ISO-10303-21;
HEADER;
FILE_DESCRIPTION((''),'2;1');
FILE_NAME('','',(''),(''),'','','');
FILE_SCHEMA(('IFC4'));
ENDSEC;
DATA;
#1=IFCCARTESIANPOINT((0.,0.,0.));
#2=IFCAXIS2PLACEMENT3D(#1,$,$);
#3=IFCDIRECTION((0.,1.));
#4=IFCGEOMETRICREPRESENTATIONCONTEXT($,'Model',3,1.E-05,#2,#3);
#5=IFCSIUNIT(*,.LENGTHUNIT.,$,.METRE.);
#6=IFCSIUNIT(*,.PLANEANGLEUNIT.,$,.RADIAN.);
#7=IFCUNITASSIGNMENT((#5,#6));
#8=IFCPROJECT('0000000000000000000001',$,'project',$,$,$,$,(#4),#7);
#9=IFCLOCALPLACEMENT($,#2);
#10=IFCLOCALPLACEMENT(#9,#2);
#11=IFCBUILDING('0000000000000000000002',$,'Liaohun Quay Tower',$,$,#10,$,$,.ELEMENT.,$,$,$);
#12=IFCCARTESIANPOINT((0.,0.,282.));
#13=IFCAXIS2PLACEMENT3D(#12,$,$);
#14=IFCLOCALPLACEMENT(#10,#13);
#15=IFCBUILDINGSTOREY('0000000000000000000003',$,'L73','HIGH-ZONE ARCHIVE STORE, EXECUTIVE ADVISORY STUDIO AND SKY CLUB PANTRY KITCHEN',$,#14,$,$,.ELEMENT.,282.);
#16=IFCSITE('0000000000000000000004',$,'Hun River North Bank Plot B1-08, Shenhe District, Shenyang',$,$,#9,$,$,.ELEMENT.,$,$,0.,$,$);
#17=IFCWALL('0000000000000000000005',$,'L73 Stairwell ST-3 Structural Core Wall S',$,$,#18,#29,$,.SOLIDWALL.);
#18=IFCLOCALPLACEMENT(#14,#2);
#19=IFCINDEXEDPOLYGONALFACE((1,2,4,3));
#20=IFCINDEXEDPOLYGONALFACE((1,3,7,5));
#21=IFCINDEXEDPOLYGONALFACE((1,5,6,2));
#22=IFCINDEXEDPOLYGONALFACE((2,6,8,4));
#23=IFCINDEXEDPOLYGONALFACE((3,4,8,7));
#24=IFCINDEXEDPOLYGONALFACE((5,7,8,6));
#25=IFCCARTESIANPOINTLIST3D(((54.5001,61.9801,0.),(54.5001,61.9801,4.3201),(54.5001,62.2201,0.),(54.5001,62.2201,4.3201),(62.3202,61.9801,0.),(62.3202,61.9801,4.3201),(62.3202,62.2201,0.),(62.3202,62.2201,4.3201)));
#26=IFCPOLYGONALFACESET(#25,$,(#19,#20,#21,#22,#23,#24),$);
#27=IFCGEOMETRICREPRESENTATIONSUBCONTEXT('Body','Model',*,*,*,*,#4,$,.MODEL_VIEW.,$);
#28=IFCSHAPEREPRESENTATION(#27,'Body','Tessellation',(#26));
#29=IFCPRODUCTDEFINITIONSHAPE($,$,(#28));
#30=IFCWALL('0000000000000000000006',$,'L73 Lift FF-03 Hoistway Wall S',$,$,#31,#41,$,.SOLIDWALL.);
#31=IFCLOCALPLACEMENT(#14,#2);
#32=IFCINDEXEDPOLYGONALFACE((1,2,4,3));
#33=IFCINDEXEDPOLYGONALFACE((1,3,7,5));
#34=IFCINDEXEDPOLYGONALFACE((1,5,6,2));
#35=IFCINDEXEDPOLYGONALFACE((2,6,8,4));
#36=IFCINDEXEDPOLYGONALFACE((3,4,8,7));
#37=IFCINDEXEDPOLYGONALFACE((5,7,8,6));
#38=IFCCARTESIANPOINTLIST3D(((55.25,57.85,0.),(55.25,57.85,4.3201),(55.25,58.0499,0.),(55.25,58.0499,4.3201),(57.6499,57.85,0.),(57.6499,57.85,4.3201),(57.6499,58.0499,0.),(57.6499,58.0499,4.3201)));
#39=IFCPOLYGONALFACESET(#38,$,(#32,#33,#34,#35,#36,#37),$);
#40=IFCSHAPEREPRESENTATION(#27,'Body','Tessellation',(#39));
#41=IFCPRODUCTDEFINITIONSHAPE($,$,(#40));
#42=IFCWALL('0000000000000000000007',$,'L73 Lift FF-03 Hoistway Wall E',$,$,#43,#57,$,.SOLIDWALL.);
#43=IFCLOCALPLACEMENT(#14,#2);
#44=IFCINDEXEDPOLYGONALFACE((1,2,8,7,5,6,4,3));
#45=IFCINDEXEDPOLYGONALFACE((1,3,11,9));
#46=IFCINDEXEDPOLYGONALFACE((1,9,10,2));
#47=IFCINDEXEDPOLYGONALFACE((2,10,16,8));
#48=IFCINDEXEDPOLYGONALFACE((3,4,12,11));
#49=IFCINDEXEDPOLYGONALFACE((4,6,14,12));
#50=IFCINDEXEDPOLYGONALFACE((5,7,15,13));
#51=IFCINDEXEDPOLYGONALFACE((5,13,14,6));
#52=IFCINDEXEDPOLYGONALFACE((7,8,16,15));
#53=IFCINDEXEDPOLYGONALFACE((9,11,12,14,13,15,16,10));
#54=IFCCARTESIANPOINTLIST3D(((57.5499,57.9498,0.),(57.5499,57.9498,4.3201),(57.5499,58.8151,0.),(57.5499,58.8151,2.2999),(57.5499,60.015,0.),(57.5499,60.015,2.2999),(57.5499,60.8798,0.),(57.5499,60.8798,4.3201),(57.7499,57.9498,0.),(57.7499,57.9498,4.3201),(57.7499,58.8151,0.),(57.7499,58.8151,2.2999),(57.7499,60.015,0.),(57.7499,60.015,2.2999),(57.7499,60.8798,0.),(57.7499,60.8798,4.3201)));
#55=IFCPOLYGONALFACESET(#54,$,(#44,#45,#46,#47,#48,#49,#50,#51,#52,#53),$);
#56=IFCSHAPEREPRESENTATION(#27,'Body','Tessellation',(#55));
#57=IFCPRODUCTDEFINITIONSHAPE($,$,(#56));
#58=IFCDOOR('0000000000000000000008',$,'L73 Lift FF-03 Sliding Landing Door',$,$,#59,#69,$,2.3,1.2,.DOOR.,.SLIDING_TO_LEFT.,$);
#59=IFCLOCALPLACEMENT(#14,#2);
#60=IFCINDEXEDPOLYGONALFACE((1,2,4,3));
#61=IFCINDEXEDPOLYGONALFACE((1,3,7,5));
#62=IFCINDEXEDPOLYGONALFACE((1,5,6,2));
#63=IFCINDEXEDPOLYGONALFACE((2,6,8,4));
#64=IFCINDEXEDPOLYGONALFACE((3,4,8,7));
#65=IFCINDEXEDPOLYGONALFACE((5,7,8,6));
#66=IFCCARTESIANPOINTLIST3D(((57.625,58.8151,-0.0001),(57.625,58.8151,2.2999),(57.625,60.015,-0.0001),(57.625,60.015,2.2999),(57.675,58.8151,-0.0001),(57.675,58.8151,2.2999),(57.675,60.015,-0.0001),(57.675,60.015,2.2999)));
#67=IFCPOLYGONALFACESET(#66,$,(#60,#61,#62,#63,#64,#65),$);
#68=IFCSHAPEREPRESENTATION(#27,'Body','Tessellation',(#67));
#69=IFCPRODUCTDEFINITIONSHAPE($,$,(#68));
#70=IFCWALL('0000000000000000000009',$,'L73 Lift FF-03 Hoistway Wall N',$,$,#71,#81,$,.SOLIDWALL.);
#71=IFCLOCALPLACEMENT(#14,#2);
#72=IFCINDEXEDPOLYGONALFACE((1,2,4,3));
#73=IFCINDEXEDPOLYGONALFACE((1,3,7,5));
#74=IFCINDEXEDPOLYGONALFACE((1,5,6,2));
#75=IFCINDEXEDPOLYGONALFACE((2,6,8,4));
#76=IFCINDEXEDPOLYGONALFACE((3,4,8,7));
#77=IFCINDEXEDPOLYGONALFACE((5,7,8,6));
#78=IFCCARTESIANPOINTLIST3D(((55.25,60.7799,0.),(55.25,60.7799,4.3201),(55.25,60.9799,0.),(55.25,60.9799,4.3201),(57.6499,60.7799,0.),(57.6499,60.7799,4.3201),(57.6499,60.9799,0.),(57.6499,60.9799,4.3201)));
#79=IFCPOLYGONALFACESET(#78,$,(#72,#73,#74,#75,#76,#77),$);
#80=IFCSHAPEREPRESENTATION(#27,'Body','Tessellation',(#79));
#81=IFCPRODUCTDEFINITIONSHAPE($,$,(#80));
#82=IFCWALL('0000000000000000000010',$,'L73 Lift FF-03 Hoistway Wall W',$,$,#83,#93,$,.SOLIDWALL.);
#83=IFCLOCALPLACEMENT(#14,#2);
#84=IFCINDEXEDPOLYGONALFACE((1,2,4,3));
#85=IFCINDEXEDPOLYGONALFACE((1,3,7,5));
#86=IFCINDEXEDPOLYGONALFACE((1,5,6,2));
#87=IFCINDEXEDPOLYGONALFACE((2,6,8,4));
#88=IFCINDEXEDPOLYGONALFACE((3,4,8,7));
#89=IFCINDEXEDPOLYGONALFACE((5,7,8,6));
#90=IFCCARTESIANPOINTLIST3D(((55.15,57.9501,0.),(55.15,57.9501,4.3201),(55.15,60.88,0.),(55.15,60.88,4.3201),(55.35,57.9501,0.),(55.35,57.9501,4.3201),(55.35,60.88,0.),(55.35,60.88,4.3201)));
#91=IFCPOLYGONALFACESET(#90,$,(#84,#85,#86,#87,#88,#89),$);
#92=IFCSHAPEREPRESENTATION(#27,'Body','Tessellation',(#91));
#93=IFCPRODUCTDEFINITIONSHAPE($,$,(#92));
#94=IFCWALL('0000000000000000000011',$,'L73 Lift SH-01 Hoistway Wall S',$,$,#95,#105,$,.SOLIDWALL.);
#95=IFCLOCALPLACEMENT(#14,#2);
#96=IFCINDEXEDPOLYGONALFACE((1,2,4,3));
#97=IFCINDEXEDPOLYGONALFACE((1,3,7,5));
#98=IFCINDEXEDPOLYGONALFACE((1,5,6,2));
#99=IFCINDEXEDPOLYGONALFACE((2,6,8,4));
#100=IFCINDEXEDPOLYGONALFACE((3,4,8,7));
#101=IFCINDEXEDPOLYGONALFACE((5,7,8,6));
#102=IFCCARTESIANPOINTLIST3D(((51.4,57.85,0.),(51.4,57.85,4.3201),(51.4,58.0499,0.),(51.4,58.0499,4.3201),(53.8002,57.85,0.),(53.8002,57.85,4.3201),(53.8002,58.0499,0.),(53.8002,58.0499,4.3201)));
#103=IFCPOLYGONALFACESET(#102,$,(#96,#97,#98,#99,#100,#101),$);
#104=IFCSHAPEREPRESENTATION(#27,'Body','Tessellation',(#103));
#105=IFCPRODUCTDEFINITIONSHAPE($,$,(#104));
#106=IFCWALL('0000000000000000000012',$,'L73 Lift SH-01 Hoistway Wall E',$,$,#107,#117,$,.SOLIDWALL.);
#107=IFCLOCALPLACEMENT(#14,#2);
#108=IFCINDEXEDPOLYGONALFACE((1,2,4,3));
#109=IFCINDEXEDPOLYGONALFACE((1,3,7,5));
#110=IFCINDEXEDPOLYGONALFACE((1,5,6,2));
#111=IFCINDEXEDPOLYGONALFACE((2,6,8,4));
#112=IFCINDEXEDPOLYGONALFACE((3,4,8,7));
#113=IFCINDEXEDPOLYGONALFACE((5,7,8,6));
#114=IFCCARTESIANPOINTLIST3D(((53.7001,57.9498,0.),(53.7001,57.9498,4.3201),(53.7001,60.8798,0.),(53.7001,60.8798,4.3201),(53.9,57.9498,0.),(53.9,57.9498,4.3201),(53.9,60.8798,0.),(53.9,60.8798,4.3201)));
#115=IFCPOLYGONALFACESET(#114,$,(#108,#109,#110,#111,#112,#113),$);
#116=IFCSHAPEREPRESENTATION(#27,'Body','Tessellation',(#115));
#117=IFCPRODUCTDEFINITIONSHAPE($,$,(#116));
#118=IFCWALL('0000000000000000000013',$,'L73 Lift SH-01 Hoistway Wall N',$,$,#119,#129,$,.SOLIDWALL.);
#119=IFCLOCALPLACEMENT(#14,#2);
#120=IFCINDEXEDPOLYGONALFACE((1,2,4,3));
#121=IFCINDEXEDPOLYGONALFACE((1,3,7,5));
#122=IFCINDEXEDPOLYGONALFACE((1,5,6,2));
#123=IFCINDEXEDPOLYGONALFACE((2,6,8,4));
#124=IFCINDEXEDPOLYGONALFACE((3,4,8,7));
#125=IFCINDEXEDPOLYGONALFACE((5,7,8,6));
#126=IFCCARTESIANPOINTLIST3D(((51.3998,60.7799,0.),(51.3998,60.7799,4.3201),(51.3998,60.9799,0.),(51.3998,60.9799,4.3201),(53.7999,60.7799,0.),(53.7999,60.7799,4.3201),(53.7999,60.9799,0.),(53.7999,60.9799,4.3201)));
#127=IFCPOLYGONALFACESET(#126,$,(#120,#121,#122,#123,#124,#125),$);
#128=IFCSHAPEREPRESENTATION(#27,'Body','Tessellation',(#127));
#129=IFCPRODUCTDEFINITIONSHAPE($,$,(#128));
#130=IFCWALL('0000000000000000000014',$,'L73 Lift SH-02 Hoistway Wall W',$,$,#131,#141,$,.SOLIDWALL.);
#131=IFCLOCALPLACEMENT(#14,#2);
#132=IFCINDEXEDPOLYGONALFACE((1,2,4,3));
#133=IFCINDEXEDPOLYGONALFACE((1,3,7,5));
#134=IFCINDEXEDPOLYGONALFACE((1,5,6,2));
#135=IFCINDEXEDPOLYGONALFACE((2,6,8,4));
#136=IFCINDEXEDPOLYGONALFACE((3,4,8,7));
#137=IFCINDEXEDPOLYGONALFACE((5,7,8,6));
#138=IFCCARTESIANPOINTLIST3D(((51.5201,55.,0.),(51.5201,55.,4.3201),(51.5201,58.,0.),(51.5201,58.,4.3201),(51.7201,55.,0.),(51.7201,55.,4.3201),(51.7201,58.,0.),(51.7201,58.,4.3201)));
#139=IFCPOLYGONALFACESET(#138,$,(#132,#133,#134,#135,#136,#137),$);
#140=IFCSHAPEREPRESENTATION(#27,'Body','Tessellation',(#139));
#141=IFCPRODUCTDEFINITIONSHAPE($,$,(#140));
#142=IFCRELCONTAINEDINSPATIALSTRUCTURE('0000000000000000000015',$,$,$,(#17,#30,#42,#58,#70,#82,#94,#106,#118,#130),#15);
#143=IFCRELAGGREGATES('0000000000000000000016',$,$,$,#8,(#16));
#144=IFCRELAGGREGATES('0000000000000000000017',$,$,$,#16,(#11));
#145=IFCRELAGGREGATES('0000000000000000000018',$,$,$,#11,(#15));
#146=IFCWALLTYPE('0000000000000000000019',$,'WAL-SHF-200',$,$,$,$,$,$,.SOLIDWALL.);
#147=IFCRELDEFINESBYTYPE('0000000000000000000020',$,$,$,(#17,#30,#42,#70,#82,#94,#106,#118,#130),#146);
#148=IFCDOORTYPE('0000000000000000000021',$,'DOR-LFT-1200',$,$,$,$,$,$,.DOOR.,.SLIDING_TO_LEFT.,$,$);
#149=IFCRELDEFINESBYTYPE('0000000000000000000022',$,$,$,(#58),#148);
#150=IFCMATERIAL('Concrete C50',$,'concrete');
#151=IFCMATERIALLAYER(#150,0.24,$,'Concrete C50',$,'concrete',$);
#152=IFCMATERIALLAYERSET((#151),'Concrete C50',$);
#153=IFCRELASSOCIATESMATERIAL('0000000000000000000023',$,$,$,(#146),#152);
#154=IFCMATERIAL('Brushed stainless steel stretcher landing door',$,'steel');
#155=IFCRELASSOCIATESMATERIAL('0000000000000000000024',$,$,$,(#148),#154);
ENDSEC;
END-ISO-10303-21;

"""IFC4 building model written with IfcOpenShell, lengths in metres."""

from ifc_helpers import new_model, si_unit, direction, frame, frame_2d, origin, place, context, subcontext, project, spatial, rectangle, extrude, source, transform, mapped, material, layer, layer_set, type_object, element, fill, save


model = new_model("IFC4")

# Units and contexts
model_context = context("Model", 3, precision=1e-05, world=origin(), true_north=direction((0.0, 1.0)))
body_context = subcontext(model_context, "Body", "Model", "MODEL_VIEW")
ifc_project = project(units=[si_unit("LENGTHUNIT", "METRE"), si_unit("PLANEANGLEUNIT", "RADIAN")], contexts=[model_context])

# Site, building, storey
site_placement = place(None, origin())
site = spatial("IfcSite", under=ifc_project, at=site_placement, Name="Hun River North Bank Plot B1-08, Shenhe District, Shenyang", CompositionType="ELEMENT", RefElevation=0.0)
building_placement = place(site_placement, origin())
building = spatial("IfcBuilding", under=site, at=building_placement, Name="Liaohun Quay Tower", CompositionType="ELEMENT")
storey_placement = place(building_placement, frame((0.0, 0.0, 282.0)))
storey = spatial("IfcBuildingStorey", under=building, at=storey_placement, Name="L73", Description="HIGH-ZONE ARCHIVE STORE, EXECUTIVE ADVISORY STUDIO AND SKY CLUB PANTRY KITCHEN", CompositionType="ELEMENT", Elevation=282.0)

# Shared definitions
ifc_material_1 = material(Name="Concrete C50", Category="concrete")

# Walls
ifc_layer_1 = layer(ifc_material_1, 0.24, Name="Concrete C50", Category="concrete")
ifc_layer_set_1 = layer_set([ifc_layer_1], Name="Concrete C50")
wall_type_1 = type_object("IfcWallType", Name="WAL-SHF-200", PredefinedType="SOLIDWALL", material=ifc_layer_set_1)
wall_1_placement = place(storey_placement, frame((54.5, 62.1001, 0.0), z_axis=(0.0, 0.0, 1.0), x_axis=(1.0, 0.0, 0.0)))
element("IfcWall", 1, at=wall_1_placement, inside=storey, type_object=wall_type_1, Name="L73 Stairwell ST-3 Structural Core Wall S", PredefinedType="SOLIDWALL", context=body_context, shape_type="SweptSolid", body=[
    extrude(rectangle(XDim=7.8201, YDim=0.24, at=frame_2d((3.9102, 0.0))), origin(), (0.0, 0.0, 1.0), 4.3201),
])
wall_2_placement = place(storey_placement, frame((55.25, 57.95, 0.0), z_axis=(0.0, 0.0, 1.0), x_axis=(1.0, 0.0, 0.0)))
element("IfcWall", 2, at=wall_2_placement, inside=storey, type_object=wall_type_1, Name="L73 Lift FF-03 Hoistway Wall S", PredefinedType="SOLIDWALL", context=body_context, shape_type="SweptSolid", body=[
    extrude(rectangle(XDim=2.3999, YDim=0.2, at=frame_2d((1.2, 0.0))), origin(), (0.0, 0.0, 1.0), 4.3201),
])

# Wall, opening, door
wall_3_placement = place(storey_placement, frame((57.6499, 57.95, 0.0), z_axis=(0.0, 0.0, 1.0), x_axis=(0.0, 1.0, 0.0)))
wall_3 = element("IfcWall", 3, at=wall_3_placement, inside=storey, type_object=wall_type_1, Name="L73 Lift FF-03 Hoistway Wall E", PredefinedType="SOLIDWALL", context=body_context, shape_type="SweptSolid", body=[
    extrude(rectangle(XDim=2.9299, YDim=0.2, at=frame_2d((1.4648, 0.0))), origin(), (0.0, 0.0, 1.0), 4.3201),
])
shared_shape_1 = source(origin(), body_context, "Body", "SweptSolid", [
    extrude(rectangle(XDim=1.2, YDim=2.3, at=frame_2d((0.6001, 1.1499))), frame((0.0, 0.1099, 0.0), z_axis=(0.0, -1.0, 0.0), x_axis=(1.0, 0.0, 0.0)), (0.0, 0.0, 1.0), 0.22),
])
opening_placement = place(wall_3_placement, frame((0.865, 0.0, 0.0)))
opening = element("IfcOpeningElement", 4, at=opening_placement, cuts=wall_3, PredefinedType="OPENING", context=body_context, shape_type="MappedRepresentation", body=[
    mapped(shared_shape_1, transform((0.0, 0.0, 0.0), x_axis=(1.0, 0.0, 0.0), y_axis=(0.0, 1.0, 0.0), z_axis=(0.0, 0.0, 1.0), scale=1.0)),
])
ifc_material_2 = material(Name="Brushed stainless steel stretcher landing door", Category="steel")
door_type = type_object("IfcDoorType", Name="DOR-LFT-1200", OperationType="SLIDING_TO_LEFT", PredefinedType="DOOR", material=ifc_material_2)
shared_shape_2 = source(origin(), body_context, "Body", "SweptSolid", [
    extrude(rectangle(XDim=1.2, YDim=2.3, at=frame_2d((0.6001, 1.1499))), frame((0.0, 0.0249, 0.0), z_axis=(0.0, -1.0, 0.0), x_axis=(1.0, 0.0, 0.0)), (0.0, 0.0, 1.0), 0.05),
])
door_placement = place(opening_placement, origin())
door = element("IfcDoor", 5, at=door_placement, inside=storey, type_object=door_type, Name="L73 Lift FF-03 Sliding Landing Door", OperationType="SLIDING_TO_LEFT", OverallHeight=2.3, OverallWidth=1.2, PredefinedType="DOOR", context=body_context, shape_type="MappedRepresentation", body=[
    mapped(shared_shape_2, transform((0.0, 0.0, 0.0), x_axis=(1.0, 0.0, 0.0), y_axis=(0.0, 1.0, 0.0), z_axis=(0.0, 0.0, 1.0), scale=1.0)),
])
fill(opening, door)

# Walls
wall_4_placement = place(storey_placement, frame((57.6499, 60.8799, 0.0), z_axis=(0.0, 0.0, 1.0), x_axis=(-1.0, 0.0, 0.0)))
element("IfcWall", 6, at=wall_4_placement, inside=storey, type_object=wall_type_1, Name="L73 Lift FF-03 Hoistway Wall N", PredefinedType="SOLIDWALL", context=body_context, shape_type="SweptSolid", body=[
    extrude(rectangle(XDim=2.3999, YDim=0.2, at=frame_2d((1.2, 0.0))), origin(), (0.0, 0.0, 1.0), 4.3201),
])
wall_5_placement = place(storey_placement, frame((55.25, 60.8799, 0.0), z_axis=(0.0, 0.0, 1.0), x_axis=(0.0, -1.0, 0.0)))
element("IfcWall", 7, at=wall_5_placement, inside=storey, type_object=wall_type_1, Name="L73 Lift FF-03 Hoistway Wall W", PredefinedType="SOLIDWALL", context=body_context, shape_type="SweptSolid", body=[
    extrude(rectangle(XDim=2.9299, YDim=0.2, at=frame_2d((1.4648, 0.0))), origin(), (0.0, 0.0, 1.0), 4.3201),
])
wall_6_placement = place(storey_placement, frame((51.3999, 57.95, 0.0), z_axis=(0.0, 0.0, 1.0), x_axis=(1.0, 0.0, 0.0)))
element("IfcWall", 8, at=wall_6_placement, inside=storey, type_object=wall_type_1, Name="L73 Lift SH-01 Hoistway Wall S", PredefinedType="SOLIDWALL", context=body_context, shape_type="SweptSolid", body=[
    extrude(rectangle(XDim=2.4001, YDim=0.2, at=frame_2d((1.2002, 0.0))), origin(), (0.0, 0.0, 1.0), 4.3201),
])
wall_7_placement = place(storey_placement, frame((53.8, 57.95, 0.0), z_axis=(0.0, 0.0, 1.0), x_axis=(0.0, 1.0, 0.0)))
element("IfcWall", 9, at=wall_7_placement, inside=storey, type_object=wall_type_1, Name="L73 Lift SH-01 Hoistway Wall E", PredefinedType="SOLIDWALL", context=body_context, shape_type="SweptSolid", body=[
    extrude(rectangle(XDim=2.9299, YDim=0.2, at=frame_2d((1.4648, 0.0))), origin(), (0.0, 0.0, 1.0), 4.3201),
])
wall_8_placement = place(storey_placement, frame((53.8, 60.8799, 0.0), z_axis=(0.0, 0.0, 1.0), x_axis=(-1.0, 0.0, 0.0)))
element("IfcWall", 10, at=wall_8_placement, inside=storey, type_object=wall_type_1, Name="L73 Lift SH-01 Hoistway Wall N", PredefinedType="SOLIDWALL", context=body_context, shape_type="SweptSolid", body=[
    extrude(rectangle(XDim=2.4001, YDim=0.2, at=frame_2d((1.2002, 0.0))), origin(), (0.0, 0.0, 1.0), 4.3201),
])
wall_9_placement = place(storey_placement, frame((51.6201, 58.0, 0.0), z_axis=(0.0, 0.0, 1.0), x_axis=(0.0, -1.0, 0.0)))
element("IfcWall", 11, at=wall_9_placement, inside=storey, type_object=wall_type_1, Name="L73 Lift SH-02 Hoistway Wall W", PredefinedType="SOLIDWALL", context=body_context, shape_type="SweptSolid", body=[
    extrude(rectangle(XDim=3.0, YDim=0.2, at=frame_2d((1.5, 0.0))), origin(), (0.0, 0.0, 1.0), 4.3201),
])

save(model, "model.ifc")
